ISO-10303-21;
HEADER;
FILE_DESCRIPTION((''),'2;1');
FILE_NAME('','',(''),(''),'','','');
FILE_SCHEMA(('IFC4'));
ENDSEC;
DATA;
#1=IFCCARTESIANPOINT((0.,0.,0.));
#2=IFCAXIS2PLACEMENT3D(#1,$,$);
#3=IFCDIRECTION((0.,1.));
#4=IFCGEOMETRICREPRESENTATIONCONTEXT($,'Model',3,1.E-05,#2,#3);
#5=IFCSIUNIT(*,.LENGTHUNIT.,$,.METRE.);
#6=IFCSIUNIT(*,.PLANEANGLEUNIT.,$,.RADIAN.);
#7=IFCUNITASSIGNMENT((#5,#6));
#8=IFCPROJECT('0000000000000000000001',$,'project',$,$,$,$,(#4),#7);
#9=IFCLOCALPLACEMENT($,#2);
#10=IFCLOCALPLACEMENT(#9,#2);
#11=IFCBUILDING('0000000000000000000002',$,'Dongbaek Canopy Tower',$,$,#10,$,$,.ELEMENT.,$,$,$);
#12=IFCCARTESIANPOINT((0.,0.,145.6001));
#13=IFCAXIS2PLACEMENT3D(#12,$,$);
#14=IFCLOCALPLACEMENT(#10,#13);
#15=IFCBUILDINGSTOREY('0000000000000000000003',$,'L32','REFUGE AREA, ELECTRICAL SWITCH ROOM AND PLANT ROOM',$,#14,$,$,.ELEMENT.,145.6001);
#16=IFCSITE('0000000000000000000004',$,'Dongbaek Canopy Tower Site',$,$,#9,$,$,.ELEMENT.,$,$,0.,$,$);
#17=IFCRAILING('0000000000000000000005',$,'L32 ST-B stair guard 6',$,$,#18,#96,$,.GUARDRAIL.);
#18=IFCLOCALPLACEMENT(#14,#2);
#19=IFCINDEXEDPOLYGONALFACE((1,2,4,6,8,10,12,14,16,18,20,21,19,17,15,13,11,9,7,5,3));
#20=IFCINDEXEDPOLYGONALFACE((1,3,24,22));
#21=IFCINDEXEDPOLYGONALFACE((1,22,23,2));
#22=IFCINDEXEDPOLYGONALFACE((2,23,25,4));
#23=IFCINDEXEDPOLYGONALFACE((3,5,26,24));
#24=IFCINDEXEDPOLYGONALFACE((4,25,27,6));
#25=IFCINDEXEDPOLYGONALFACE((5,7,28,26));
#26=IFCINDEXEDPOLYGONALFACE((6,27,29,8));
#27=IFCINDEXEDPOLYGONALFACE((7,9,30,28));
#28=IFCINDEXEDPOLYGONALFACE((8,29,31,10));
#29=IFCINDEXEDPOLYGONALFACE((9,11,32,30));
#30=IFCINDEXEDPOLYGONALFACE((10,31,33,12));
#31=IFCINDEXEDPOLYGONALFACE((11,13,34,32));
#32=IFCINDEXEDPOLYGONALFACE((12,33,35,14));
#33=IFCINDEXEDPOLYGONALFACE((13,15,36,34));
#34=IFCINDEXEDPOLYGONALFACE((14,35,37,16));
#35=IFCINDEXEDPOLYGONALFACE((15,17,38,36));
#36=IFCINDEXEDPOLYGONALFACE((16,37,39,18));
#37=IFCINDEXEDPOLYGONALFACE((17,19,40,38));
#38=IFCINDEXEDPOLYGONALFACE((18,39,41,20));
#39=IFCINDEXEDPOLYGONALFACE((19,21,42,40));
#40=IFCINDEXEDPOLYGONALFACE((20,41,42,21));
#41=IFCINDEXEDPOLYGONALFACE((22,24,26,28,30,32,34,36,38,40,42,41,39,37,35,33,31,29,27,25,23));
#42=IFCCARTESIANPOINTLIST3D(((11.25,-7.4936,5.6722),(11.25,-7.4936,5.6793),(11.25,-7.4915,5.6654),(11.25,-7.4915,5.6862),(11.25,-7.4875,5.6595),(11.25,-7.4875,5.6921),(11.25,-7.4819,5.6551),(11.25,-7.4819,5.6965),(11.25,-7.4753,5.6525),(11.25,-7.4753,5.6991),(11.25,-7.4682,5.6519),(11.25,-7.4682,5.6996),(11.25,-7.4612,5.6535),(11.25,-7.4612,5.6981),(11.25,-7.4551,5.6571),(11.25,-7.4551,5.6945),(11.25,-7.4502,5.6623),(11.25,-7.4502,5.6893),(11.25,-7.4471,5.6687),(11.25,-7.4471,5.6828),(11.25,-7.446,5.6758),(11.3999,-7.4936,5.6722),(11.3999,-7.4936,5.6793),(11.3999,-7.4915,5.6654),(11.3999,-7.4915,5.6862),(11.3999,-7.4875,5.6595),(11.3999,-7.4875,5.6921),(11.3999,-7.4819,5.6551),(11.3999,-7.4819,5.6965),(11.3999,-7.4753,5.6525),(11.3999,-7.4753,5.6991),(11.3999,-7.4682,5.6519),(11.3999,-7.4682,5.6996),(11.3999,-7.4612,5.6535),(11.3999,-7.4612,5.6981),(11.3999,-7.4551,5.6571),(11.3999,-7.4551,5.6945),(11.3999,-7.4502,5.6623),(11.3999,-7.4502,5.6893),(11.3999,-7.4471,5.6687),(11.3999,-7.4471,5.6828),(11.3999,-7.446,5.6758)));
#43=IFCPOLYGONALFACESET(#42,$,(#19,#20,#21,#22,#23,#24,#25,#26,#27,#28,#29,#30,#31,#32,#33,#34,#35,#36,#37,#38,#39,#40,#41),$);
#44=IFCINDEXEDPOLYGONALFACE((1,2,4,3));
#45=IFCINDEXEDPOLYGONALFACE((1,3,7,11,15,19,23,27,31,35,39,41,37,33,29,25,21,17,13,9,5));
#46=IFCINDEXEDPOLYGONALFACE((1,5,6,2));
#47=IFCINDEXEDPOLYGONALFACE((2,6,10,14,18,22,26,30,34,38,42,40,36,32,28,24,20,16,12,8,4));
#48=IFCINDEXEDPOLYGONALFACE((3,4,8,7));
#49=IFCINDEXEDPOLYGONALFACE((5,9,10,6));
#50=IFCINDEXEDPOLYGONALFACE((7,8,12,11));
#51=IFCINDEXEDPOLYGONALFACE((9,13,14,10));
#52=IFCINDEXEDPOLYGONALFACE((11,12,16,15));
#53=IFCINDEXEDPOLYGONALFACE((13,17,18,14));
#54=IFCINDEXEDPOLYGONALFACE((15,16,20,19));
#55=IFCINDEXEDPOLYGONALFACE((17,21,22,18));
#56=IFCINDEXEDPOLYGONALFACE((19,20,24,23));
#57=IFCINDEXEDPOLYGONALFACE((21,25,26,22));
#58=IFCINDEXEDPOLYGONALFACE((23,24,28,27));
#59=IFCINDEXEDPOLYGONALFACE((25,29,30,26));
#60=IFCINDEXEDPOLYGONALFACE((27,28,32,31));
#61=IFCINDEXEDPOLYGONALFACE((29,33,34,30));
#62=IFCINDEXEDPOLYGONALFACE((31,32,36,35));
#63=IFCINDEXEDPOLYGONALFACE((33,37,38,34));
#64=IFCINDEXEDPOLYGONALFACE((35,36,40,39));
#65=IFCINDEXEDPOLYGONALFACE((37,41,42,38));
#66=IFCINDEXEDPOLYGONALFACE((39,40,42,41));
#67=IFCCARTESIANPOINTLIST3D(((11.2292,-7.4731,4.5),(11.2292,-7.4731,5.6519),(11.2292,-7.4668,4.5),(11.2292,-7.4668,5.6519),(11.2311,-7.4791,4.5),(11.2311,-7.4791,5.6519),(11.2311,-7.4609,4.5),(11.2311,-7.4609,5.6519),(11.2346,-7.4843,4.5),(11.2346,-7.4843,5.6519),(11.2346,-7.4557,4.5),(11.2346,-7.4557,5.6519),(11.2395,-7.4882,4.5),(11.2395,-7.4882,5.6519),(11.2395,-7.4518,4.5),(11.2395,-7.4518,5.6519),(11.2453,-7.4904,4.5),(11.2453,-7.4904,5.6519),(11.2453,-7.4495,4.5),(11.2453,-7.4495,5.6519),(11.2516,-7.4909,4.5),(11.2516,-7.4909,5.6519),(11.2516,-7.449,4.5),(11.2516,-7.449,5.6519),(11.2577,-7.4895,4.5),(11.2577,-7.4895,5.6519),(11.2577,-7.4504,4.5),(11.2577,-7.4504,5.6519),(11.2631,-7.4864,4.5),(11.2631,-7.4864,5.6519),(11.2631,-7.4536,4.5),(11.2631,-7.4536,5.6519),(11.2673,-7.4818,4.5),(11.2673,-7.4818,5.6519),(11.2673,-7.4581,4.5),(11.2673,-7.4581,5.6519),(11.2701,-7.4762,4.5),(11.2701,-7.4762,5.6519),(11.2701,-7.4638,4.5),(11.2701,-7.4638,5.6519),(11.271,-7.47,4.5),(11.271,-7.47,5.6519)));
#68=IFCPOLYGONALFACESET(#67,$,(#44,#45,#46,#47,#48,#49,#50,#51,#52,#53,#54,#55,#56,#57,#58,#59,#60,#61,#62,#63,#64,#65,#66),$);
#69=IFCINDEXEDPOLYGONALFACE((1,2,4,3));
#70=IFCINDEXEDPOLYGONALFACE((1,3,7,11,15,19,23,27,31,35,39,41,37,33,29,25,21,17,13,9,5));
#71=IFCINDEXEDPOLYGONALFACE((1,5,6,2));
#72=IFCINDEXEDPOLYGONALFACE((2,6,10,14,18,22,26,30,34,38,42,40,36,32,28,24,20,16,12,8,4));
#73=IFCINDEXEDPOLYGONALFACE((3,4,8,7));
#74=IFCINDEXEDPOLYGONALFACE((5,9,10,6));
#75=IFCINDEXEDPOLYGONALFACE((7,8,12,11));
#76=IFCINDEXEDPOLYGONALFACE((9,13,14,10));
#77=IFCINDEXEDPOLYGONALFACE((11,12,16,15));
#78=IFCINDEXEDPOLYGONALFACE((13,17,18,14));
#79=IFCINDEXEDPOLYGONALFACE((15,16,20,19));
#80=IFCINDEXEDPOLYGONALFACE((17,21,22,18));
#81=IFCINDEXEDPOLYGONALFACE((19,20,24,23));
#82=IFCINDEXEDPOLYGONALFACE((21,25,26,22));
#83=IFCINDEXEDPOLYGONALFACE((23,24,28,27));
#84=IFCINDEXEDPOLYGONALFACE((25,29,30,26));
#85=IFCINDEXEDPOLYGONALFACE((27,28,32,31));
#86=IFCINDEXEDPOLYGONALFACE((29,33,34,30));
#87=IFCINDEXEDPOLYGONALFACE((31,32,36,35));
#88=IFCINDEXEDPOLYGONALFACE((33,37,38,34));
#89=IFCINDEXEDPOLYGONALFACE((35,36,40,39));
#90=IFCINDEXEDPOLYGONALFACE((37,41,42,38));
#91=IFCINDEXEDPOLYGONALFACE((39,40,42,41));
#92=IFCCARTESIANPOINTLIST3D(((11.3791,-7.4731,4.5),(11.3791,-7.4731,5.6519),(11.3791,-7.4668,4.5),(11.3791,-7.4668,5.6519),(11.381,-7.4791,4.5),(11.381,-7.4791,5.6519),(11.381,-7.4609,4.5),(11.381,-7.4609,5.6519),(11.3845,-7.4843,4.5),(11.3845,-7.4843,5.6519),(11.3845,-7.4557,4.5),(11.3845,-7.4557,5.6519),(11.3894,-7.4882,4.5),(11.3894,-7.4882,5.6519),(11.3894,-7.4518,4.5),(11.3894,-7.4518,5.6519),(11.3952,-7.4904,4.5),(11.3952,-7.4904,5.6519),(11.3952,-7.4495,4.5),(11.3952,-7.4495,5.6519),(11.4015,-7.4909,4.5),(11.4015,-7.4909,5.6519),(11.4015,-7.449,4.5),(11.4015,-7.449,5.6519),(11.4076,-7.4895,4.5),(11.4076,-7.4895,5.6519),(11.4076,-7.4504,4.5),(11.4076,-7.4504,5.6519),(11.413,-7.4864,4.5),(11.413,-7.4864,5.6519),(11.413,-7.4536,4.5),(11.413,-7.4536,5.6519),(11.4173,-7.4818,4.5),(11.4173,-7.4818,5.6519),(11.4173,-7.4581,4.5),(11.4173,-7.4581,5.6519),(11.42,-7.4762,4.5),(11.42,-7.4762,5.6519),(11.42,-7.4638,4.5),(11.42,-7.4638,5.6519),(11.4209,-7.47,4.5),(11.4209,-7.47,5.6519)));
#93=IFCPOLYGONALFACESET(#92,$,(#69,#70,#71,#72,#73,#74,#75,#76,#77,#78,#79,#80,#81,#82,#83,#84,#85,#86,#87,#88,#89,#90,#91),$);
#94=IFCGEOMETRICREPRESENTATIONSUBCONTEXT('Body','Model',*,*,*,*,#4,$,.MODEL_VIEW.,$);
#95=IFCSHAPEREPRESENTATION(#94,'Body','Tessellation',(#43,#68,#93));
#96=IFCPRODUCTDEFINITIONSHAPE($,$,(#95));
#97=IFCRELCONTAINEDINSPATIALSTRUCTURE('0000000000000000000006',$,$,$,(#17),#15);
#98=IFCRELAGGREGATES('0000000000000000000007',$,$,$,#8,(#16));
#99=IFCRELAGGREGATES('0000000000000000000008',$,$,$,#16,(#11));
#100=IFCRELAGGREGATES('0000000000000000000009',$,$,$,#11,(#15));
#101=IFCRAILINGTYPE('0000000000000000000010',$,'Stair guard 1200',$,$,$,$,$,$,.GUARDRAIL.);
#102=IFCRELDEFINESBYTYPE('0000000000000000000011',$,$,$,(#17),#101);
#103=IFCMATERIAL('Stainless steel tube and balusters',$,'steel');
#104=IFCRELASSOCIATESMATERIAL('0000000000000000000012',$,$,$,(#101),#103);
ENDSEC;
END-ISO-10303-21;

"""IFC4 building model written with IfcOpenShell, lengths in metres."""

from ifc_helpers import new_model, si_unit, direction, frame, origin, origin_2d, place, context, subcontext, project, spatial, circle, extrude, material, type_object, element, save


model = new_model("IFC4")

# Units and contexts
model_context = context("Model", 3, precision=1e-05, world=origin(), true_north=direction((0.0, 1.0)))
body_context = subcontext(model_context, "Body", "Model", "MODEL_VIEW")
ifc_project = project(units=[si_unit("LENGTHUNIT", "METRE"), si_unit("PLANEANGLEUNIT", "RADIAN")], contexts=[model_context])

# Site, building, storey
site_placement = place(None, origin())
site = spatial("IfcSite", under=ifc_project, at=site_placement, Name="Dongbaek Canopy Tower Site", CompositionType="ELEMENT", RefElevation=0.0)
building_placement = place(site_placement, origin())
building = spatial("IfcBuilding", under=site, at=building_placement, Name="Dongbaek Canopy Tower", CompositionType="ELEMENT")
storey_placement = place(building_placement, frame((0.0, 0.0, 145.6001)))
storey = spatial("IfcBuildingStorey", under=building, at=storey_placement, Name="L32", Description="REFUGE AREA, ELECTRICAL SWITCH ROOM AND PLANT ROOM", CompositionType="ELEMENT", Elevation=145.6001)

# Railing
ifc_material_1 = material(Name="Stainless steel tube and balusters", Category="steel")
railing_type_1 = type_object("IfcRailingType", Name="Stair guard 1200", PredefinedType="GUARDRAIL", material=ifc_material_1)
railing_1_placement = place(storey_placement, frame((11.25, -7.47, 4.5)))
element("IfcRailing", 1, at=railing_1_placement, inside=storey, type_object=railing_type_1, Name="L32 ST-B stair guard 6", PredefinedType="GUARDRAIL", context=body_context, shape_type="SweptSolid", body=[
    extrude(circle(Radius=0.0239, at=origin_2d()), frame((0.0, 0.0, 1.1758), z_axis=(1.0, 0.0, 0.0), x_axis=(0.0, 1.0, 0.0)), (0.0, 0.0, 1.0), 0.1499),
    extrude(circle(Radius=0.021, at=origin_2d()), origin(), (0.0, 0.0, 1.0), 1.1519),
    extrude(circle(Radius=0.021, at=origin_2d()), frame((0.1499, 0.0, 0.0)), (0.0, 0.0, 1.0), 1.1519),
])

save(model, "model.ifc")
